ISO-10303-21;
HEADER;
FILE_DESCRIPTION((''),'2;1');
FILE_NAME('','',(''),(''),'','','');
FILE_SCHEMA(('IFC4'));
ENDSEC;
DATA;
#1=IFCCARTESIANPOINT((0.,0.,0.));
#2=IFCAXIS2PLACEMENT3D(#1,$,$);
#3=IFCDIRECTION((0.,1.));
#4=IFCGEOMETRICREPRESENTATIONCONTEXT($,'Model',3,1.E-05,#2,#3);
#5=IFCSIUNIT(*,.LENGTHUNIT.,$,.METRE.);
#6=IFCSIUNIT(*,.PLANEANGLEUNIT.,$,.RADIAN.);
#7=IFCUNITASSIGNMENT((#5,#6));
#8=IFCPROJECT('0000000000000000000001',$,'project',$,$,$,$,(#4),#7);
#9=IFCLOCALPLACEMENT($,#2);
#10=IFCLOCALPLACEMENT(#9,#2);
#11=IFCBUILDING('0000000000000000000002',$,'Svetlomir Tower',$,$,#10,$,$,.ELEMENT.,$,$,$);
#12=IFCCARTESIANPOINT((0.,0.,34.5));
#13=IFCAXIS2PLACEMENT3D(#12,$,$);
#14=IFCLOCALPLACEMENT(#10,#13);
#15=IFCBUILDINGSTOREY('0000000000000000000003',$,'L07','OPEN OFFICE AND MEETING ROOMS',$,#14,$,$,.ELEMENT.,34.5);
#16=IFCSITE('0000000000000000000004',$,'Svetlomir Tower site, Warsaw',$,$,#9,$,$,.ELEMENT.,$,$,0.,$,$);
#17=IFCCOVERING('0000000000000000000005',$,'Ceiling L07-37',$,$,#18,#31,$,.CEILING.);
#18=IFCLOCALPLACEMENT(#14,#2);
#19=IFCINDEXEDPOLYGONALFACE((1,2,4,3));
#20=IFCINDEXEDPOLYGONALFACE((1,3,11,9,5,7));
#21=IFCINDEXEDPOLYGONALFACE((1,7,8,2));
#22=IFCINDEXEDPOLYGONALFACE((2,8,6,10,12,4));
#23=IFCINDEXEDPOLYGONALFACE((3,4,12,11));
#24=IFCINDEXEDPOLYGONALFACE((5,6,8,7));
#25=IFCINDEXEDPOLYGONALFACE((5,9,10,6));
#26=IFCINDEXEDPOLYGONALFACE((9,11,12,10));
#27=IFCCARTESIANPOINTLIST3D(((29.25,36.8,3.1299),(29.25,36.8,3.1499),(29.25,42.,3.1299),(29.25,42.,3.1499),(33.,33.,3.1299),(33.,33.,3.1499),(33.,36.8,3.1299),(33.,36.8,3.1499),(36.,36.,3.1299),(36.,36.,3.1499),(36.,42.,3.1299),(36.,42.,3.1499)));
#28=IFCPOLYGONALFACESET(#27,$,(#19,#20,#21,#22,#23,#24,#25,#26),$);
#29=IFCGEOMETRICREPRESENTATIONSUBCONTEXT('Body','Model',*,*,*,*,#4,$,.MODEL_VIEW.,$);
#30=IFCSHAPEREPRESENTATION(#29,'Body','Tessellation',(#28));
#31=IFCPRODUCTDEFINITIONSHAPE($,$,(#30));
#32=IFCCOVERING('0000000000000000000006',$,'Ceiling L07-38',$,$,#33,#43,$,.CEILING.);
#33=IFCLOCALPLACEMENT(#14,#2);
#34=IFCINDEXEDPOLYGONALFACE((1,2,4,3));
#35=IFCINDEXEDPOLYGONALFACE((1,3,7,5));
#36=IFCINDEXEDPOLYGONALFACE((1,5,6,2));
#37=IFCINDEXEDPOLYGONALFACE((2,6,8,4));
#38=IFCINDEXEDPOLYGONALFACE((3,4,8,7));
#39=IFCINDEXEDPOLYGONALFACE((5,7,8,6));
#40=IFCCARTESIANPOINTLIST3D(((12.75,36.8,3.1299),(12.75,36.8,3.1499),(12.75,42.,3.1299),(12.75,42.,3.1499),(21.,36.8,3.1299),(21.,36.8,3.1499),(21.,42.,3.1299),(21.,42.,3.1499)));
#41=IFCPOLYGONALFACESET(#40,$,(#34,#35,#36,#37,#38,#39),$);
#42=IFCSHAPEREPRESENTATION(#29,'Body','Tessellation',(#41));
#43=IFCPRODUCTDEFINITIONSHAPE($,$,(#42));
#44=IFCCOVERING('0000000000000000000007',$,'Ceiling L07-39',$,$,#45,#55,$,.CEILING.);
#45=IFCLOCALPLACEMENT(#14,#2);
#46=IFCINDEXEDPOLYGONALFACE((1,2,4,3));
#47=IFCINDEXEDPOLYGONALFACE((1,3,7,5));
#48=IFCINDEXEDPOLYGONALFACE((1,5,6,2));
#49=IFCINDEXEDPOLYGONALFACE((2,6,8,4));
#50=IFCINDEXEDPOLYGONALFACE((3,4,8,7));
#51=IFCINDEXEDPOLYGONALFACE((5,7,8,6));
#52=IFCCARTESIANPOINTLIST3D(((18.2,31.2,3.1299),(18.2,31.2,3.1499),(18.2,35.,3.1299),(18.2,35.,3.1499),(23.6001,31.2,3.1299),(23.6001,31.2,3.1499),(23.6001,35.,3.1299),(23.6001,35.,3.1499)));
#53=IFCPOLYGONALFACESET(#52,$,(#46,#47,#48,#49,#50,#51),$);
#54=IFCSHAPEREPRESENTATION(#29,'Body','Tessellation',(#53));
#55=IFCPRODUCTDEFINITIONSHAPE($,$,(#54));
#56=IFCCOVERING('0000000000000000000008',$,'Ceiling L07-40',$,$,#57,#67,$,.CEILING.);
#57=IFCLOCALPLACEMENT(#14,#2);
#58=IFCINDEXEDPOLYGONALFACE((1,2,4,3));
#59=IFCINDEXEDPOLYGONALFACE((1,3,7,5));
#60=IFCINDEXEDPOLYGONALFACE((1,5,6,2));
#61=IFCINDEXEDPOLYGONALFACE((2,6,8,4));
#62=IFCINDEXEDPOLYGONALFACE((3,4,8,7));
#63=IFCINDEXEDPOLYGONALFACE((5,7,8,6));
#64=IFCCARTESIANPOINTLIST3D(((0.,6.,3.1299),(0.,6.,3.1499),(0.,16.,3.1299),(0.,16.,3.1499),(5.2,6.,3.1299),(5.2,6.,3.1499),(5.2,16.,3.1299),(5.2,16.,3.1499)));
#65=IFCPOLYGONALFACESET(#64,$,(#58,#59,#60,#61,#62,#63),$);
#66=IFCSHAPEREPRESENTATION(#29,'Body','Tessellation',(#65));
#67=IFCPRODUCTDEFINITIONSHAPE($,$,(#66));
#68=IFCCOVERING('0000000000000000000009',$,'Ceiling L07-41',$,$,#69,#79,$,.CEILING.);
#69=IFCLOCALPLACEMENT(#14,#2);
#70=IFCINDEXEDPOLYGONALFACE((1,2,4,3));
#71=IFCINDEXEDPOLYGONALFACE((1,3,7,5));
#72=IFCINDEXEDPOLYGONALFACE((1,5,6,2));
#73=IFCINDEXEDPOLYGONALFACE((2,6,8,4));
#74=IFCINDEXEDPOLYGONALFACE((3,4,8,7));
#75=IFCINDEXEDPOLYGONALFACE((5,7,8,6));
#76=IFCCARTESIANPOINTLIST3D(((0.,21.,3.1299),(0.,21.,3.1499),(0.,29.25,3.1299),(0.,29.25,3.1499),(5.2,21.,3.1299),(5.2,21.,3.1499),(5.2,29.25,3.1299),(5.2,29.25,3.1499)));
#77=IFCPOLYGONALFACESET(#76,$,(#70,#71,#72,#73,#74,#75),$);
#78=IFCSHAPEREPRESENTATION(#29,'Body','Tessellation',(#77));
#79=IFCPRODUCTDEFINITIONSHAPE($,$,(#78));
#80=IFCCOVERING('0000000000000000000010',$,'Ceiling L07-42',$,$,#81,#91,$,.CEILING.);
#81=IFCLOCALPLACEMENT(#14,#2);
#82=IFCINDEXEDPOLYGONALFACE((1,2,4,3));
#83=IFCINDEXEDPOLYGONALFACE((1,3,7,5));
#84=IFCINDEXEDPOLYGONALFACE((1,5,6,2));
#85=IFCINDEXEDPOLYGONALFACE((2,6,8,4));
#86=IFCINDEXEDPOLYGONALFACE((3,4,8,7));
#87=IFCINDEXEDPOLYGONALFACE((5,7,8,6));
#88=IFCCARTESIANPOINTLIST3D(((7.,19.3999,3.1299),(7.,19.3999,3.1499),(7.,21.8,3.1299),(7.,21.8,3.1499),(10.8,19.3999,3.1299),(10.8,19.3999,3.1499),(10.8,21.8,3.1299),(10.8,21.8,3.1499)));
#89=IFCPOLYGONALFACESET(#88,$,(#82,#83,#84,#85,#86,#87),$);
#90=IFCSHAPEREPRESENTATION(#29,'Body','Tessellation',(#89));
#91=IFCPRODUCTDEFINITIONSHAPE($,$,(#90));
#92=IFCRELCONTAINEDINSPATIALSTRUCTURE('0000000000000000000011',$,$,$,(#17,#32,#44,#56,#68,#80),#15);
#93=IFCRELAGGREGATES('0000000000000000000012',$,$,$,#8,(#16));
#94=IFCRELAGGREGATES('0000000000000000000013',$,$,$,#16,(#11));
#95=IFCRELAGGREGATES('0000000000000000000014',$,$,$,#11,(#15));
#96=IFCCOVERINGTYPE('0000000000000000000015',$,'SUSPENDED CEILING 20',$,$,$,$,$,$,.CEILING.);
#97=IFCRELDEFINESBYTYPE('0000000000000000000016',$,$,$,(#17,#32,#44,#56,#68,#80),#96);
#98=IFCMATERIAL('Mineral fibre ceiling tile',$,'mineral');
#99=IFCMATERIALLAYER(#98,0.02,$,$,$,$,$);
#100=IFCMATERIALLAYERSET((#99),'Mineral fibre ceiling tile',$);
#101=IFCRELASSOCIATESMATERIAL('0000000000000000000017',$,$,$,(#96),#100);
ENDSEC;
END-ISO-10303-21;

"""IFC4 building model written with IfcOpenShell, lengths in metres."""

from ifc_helpers import new_model, si_unit, direction, frame, origin, place, context, subcontext, project, spatial, polyline, outline, extrude, material, layer, layer_set, type_object, element, save


model = new_model("IFC4")

# Units and contexts
model_context = context("Model", 3, precision=1e-05, world=origin(), true_north=direction((0.0, 1.0)))
body_context = subcontext(model_context, "Body", "Model", "MODEL_VIEW")
ifc_project = project(units=[si_unit("LENGTHUNIT", "METRE"), si_unit("PLANEANGLEUNIT", "RADIAN")], contexts=[model_context])

# Site, building, storey
site_placement = place(None, origin())
site = spatial("IfcSite", under=ifc_project, at=site_placement, Name="Svetlomir Tower site, Warsaw", CompositionType="ELEMENT", RefElevation=0.0)
building_placement = place(site_placement, origin())
building = spatial("IfcBuilding", under=site, at=building_placement, Name="Svetlomir Tower", CompositionType="ELEMENT")
storey_placement = place(building_placement, frame((0.0, 0.0, 34.5)))
storey = spatial("IfcBuildingStorey", under=building, at=storey_placement, Name="L07", Description="OPEN OFFICE AND MEETING ROOMS", CompositionType="ELEMENT", Elevation=34.5)

# Coverings
ifc_material_1 = material(Name="Mineral fibre ceiling tile", Category="mineral")
ifc_layer_1 = layer(ifc_material_1, 0.02)
ifc_layer_set_1 = layer_set([ifc_layer_1], Name="Mineral fibre ceiling tile")
covering_type_1 = type_object("IfcCoveringType", Name="SUSPENDED CEILING 20", PredefinedType="CEILING", material=ifc_layer_set_1)
covering_1_placement = place(storey_placement, frame((0.0, 0.0, 3.1299)))
element("IfcCovering", 1, at=covering_1_placement, inside=storey, type_object=covering_type_1, Name="Ceiling L07-37", PredefinedType="CEILING", context=body_context, shape_type="SweptSolid", body=[
    extrude(outline(polyline([(33.0, 36.8), (29.25, 36.8), (29.25, 42.0), (36.0, 42.0), (36.0, 36.0), (33.0, 33.0), (33.0, 36.8)])), origin(), (0.0, 0.0, 1.0), 0.02),
])
covering_2_placement = place(storey_placement, frame((0.0, 0.0, 3.1299)))
element("IfcCovering", 2, at=covering_2_placement, inside=storey, type_object=covering_type_1, Name="Ceiling L07-38", PredefinedType="CEILING", context=body_context, shape_type="SweptSolid", body=[
    extrude(outline(polyline([(21.0, 42.0), (21.0, 36.8), (12.75, 36.8), (12.75, 42.0), (21.0, 42.0)])), origin(), (0.0, 0.0, 1.0), 0.02),
])
covering_3_placement = place(storey_placement, frame((0.0, 0.0, 3.1299)))
element("IfcCovering", 3, at=covering_3_placement, inside=storey, type_object=covering_type_1, Name="Ceiling L07-39", PredefinedType="CEILING", context=body_context, shape_type="SweptSolid", body=[
    extrude(outline(polyline([(18.2, 31.2), (18.2, 35.0), (23.6001, 35.0), (23.6001, 31.2), (18.2, 31.2)])), origin(), (0.0, 0.0, 1.0), 0.02),
])
covering_4_placement = place(storey_placement, frame((0.0, 0.0, 3.1299)))
element("IfcCovering", 4, at=covering_4_placement, inside=storey, type_object=covering_type_1, Name="Ceiling L07-40", PredefinedType="CEILING", context=body_context, shape_type="SweptSolid", body=[
    extrude(outline(polyline([(0.0, 16.0), (5.2, 16.0), (5.2, 6.0), (0.0, 6.0), (0.0, 16.0)])), origin(), (0.0, 0.0, 1.0), 0.02),
])
covering_5_placement = place(storey_placement, frame((0.0, 0.0, 3.1299)))
element("IfcCovering", 5, at=covering_5_placement, inside=storey, type_object=covering_type_1, Name="Ceiling L07-41", PredefinedType="CEILING", context=body_context, shape_type="SweptSolid", body=[
    extrude(outline(polyline([(0.0, 29.25), (5.2, 29.25), (5.2, 21.0), (0.0, 21.0), (0.0, 29.25)])), origin(), (0.0, 0.0, 1.0), 0.02),
])
covering_6_placement = place(storey_placement, frame((0.0, 0.0, 3.1299)))
element("IfcCovering", 6, at=covering_6_placement, inside=storey, type_object=covering_type_1, Name="Ceiling L07-42", PredefinedType="CEILING", context=body_context, shape_type="SweptSolid", body=[
    extrude(outline(polyline([(7.0, 19.3999), (7.0, 21.8), (10.8, 21.8), (10.8, 19.3999), (7.0, 19.3999)])), origin(), (0.0, 0.0, 1.0), 0.02),
])

save(model, "model.ifc")
